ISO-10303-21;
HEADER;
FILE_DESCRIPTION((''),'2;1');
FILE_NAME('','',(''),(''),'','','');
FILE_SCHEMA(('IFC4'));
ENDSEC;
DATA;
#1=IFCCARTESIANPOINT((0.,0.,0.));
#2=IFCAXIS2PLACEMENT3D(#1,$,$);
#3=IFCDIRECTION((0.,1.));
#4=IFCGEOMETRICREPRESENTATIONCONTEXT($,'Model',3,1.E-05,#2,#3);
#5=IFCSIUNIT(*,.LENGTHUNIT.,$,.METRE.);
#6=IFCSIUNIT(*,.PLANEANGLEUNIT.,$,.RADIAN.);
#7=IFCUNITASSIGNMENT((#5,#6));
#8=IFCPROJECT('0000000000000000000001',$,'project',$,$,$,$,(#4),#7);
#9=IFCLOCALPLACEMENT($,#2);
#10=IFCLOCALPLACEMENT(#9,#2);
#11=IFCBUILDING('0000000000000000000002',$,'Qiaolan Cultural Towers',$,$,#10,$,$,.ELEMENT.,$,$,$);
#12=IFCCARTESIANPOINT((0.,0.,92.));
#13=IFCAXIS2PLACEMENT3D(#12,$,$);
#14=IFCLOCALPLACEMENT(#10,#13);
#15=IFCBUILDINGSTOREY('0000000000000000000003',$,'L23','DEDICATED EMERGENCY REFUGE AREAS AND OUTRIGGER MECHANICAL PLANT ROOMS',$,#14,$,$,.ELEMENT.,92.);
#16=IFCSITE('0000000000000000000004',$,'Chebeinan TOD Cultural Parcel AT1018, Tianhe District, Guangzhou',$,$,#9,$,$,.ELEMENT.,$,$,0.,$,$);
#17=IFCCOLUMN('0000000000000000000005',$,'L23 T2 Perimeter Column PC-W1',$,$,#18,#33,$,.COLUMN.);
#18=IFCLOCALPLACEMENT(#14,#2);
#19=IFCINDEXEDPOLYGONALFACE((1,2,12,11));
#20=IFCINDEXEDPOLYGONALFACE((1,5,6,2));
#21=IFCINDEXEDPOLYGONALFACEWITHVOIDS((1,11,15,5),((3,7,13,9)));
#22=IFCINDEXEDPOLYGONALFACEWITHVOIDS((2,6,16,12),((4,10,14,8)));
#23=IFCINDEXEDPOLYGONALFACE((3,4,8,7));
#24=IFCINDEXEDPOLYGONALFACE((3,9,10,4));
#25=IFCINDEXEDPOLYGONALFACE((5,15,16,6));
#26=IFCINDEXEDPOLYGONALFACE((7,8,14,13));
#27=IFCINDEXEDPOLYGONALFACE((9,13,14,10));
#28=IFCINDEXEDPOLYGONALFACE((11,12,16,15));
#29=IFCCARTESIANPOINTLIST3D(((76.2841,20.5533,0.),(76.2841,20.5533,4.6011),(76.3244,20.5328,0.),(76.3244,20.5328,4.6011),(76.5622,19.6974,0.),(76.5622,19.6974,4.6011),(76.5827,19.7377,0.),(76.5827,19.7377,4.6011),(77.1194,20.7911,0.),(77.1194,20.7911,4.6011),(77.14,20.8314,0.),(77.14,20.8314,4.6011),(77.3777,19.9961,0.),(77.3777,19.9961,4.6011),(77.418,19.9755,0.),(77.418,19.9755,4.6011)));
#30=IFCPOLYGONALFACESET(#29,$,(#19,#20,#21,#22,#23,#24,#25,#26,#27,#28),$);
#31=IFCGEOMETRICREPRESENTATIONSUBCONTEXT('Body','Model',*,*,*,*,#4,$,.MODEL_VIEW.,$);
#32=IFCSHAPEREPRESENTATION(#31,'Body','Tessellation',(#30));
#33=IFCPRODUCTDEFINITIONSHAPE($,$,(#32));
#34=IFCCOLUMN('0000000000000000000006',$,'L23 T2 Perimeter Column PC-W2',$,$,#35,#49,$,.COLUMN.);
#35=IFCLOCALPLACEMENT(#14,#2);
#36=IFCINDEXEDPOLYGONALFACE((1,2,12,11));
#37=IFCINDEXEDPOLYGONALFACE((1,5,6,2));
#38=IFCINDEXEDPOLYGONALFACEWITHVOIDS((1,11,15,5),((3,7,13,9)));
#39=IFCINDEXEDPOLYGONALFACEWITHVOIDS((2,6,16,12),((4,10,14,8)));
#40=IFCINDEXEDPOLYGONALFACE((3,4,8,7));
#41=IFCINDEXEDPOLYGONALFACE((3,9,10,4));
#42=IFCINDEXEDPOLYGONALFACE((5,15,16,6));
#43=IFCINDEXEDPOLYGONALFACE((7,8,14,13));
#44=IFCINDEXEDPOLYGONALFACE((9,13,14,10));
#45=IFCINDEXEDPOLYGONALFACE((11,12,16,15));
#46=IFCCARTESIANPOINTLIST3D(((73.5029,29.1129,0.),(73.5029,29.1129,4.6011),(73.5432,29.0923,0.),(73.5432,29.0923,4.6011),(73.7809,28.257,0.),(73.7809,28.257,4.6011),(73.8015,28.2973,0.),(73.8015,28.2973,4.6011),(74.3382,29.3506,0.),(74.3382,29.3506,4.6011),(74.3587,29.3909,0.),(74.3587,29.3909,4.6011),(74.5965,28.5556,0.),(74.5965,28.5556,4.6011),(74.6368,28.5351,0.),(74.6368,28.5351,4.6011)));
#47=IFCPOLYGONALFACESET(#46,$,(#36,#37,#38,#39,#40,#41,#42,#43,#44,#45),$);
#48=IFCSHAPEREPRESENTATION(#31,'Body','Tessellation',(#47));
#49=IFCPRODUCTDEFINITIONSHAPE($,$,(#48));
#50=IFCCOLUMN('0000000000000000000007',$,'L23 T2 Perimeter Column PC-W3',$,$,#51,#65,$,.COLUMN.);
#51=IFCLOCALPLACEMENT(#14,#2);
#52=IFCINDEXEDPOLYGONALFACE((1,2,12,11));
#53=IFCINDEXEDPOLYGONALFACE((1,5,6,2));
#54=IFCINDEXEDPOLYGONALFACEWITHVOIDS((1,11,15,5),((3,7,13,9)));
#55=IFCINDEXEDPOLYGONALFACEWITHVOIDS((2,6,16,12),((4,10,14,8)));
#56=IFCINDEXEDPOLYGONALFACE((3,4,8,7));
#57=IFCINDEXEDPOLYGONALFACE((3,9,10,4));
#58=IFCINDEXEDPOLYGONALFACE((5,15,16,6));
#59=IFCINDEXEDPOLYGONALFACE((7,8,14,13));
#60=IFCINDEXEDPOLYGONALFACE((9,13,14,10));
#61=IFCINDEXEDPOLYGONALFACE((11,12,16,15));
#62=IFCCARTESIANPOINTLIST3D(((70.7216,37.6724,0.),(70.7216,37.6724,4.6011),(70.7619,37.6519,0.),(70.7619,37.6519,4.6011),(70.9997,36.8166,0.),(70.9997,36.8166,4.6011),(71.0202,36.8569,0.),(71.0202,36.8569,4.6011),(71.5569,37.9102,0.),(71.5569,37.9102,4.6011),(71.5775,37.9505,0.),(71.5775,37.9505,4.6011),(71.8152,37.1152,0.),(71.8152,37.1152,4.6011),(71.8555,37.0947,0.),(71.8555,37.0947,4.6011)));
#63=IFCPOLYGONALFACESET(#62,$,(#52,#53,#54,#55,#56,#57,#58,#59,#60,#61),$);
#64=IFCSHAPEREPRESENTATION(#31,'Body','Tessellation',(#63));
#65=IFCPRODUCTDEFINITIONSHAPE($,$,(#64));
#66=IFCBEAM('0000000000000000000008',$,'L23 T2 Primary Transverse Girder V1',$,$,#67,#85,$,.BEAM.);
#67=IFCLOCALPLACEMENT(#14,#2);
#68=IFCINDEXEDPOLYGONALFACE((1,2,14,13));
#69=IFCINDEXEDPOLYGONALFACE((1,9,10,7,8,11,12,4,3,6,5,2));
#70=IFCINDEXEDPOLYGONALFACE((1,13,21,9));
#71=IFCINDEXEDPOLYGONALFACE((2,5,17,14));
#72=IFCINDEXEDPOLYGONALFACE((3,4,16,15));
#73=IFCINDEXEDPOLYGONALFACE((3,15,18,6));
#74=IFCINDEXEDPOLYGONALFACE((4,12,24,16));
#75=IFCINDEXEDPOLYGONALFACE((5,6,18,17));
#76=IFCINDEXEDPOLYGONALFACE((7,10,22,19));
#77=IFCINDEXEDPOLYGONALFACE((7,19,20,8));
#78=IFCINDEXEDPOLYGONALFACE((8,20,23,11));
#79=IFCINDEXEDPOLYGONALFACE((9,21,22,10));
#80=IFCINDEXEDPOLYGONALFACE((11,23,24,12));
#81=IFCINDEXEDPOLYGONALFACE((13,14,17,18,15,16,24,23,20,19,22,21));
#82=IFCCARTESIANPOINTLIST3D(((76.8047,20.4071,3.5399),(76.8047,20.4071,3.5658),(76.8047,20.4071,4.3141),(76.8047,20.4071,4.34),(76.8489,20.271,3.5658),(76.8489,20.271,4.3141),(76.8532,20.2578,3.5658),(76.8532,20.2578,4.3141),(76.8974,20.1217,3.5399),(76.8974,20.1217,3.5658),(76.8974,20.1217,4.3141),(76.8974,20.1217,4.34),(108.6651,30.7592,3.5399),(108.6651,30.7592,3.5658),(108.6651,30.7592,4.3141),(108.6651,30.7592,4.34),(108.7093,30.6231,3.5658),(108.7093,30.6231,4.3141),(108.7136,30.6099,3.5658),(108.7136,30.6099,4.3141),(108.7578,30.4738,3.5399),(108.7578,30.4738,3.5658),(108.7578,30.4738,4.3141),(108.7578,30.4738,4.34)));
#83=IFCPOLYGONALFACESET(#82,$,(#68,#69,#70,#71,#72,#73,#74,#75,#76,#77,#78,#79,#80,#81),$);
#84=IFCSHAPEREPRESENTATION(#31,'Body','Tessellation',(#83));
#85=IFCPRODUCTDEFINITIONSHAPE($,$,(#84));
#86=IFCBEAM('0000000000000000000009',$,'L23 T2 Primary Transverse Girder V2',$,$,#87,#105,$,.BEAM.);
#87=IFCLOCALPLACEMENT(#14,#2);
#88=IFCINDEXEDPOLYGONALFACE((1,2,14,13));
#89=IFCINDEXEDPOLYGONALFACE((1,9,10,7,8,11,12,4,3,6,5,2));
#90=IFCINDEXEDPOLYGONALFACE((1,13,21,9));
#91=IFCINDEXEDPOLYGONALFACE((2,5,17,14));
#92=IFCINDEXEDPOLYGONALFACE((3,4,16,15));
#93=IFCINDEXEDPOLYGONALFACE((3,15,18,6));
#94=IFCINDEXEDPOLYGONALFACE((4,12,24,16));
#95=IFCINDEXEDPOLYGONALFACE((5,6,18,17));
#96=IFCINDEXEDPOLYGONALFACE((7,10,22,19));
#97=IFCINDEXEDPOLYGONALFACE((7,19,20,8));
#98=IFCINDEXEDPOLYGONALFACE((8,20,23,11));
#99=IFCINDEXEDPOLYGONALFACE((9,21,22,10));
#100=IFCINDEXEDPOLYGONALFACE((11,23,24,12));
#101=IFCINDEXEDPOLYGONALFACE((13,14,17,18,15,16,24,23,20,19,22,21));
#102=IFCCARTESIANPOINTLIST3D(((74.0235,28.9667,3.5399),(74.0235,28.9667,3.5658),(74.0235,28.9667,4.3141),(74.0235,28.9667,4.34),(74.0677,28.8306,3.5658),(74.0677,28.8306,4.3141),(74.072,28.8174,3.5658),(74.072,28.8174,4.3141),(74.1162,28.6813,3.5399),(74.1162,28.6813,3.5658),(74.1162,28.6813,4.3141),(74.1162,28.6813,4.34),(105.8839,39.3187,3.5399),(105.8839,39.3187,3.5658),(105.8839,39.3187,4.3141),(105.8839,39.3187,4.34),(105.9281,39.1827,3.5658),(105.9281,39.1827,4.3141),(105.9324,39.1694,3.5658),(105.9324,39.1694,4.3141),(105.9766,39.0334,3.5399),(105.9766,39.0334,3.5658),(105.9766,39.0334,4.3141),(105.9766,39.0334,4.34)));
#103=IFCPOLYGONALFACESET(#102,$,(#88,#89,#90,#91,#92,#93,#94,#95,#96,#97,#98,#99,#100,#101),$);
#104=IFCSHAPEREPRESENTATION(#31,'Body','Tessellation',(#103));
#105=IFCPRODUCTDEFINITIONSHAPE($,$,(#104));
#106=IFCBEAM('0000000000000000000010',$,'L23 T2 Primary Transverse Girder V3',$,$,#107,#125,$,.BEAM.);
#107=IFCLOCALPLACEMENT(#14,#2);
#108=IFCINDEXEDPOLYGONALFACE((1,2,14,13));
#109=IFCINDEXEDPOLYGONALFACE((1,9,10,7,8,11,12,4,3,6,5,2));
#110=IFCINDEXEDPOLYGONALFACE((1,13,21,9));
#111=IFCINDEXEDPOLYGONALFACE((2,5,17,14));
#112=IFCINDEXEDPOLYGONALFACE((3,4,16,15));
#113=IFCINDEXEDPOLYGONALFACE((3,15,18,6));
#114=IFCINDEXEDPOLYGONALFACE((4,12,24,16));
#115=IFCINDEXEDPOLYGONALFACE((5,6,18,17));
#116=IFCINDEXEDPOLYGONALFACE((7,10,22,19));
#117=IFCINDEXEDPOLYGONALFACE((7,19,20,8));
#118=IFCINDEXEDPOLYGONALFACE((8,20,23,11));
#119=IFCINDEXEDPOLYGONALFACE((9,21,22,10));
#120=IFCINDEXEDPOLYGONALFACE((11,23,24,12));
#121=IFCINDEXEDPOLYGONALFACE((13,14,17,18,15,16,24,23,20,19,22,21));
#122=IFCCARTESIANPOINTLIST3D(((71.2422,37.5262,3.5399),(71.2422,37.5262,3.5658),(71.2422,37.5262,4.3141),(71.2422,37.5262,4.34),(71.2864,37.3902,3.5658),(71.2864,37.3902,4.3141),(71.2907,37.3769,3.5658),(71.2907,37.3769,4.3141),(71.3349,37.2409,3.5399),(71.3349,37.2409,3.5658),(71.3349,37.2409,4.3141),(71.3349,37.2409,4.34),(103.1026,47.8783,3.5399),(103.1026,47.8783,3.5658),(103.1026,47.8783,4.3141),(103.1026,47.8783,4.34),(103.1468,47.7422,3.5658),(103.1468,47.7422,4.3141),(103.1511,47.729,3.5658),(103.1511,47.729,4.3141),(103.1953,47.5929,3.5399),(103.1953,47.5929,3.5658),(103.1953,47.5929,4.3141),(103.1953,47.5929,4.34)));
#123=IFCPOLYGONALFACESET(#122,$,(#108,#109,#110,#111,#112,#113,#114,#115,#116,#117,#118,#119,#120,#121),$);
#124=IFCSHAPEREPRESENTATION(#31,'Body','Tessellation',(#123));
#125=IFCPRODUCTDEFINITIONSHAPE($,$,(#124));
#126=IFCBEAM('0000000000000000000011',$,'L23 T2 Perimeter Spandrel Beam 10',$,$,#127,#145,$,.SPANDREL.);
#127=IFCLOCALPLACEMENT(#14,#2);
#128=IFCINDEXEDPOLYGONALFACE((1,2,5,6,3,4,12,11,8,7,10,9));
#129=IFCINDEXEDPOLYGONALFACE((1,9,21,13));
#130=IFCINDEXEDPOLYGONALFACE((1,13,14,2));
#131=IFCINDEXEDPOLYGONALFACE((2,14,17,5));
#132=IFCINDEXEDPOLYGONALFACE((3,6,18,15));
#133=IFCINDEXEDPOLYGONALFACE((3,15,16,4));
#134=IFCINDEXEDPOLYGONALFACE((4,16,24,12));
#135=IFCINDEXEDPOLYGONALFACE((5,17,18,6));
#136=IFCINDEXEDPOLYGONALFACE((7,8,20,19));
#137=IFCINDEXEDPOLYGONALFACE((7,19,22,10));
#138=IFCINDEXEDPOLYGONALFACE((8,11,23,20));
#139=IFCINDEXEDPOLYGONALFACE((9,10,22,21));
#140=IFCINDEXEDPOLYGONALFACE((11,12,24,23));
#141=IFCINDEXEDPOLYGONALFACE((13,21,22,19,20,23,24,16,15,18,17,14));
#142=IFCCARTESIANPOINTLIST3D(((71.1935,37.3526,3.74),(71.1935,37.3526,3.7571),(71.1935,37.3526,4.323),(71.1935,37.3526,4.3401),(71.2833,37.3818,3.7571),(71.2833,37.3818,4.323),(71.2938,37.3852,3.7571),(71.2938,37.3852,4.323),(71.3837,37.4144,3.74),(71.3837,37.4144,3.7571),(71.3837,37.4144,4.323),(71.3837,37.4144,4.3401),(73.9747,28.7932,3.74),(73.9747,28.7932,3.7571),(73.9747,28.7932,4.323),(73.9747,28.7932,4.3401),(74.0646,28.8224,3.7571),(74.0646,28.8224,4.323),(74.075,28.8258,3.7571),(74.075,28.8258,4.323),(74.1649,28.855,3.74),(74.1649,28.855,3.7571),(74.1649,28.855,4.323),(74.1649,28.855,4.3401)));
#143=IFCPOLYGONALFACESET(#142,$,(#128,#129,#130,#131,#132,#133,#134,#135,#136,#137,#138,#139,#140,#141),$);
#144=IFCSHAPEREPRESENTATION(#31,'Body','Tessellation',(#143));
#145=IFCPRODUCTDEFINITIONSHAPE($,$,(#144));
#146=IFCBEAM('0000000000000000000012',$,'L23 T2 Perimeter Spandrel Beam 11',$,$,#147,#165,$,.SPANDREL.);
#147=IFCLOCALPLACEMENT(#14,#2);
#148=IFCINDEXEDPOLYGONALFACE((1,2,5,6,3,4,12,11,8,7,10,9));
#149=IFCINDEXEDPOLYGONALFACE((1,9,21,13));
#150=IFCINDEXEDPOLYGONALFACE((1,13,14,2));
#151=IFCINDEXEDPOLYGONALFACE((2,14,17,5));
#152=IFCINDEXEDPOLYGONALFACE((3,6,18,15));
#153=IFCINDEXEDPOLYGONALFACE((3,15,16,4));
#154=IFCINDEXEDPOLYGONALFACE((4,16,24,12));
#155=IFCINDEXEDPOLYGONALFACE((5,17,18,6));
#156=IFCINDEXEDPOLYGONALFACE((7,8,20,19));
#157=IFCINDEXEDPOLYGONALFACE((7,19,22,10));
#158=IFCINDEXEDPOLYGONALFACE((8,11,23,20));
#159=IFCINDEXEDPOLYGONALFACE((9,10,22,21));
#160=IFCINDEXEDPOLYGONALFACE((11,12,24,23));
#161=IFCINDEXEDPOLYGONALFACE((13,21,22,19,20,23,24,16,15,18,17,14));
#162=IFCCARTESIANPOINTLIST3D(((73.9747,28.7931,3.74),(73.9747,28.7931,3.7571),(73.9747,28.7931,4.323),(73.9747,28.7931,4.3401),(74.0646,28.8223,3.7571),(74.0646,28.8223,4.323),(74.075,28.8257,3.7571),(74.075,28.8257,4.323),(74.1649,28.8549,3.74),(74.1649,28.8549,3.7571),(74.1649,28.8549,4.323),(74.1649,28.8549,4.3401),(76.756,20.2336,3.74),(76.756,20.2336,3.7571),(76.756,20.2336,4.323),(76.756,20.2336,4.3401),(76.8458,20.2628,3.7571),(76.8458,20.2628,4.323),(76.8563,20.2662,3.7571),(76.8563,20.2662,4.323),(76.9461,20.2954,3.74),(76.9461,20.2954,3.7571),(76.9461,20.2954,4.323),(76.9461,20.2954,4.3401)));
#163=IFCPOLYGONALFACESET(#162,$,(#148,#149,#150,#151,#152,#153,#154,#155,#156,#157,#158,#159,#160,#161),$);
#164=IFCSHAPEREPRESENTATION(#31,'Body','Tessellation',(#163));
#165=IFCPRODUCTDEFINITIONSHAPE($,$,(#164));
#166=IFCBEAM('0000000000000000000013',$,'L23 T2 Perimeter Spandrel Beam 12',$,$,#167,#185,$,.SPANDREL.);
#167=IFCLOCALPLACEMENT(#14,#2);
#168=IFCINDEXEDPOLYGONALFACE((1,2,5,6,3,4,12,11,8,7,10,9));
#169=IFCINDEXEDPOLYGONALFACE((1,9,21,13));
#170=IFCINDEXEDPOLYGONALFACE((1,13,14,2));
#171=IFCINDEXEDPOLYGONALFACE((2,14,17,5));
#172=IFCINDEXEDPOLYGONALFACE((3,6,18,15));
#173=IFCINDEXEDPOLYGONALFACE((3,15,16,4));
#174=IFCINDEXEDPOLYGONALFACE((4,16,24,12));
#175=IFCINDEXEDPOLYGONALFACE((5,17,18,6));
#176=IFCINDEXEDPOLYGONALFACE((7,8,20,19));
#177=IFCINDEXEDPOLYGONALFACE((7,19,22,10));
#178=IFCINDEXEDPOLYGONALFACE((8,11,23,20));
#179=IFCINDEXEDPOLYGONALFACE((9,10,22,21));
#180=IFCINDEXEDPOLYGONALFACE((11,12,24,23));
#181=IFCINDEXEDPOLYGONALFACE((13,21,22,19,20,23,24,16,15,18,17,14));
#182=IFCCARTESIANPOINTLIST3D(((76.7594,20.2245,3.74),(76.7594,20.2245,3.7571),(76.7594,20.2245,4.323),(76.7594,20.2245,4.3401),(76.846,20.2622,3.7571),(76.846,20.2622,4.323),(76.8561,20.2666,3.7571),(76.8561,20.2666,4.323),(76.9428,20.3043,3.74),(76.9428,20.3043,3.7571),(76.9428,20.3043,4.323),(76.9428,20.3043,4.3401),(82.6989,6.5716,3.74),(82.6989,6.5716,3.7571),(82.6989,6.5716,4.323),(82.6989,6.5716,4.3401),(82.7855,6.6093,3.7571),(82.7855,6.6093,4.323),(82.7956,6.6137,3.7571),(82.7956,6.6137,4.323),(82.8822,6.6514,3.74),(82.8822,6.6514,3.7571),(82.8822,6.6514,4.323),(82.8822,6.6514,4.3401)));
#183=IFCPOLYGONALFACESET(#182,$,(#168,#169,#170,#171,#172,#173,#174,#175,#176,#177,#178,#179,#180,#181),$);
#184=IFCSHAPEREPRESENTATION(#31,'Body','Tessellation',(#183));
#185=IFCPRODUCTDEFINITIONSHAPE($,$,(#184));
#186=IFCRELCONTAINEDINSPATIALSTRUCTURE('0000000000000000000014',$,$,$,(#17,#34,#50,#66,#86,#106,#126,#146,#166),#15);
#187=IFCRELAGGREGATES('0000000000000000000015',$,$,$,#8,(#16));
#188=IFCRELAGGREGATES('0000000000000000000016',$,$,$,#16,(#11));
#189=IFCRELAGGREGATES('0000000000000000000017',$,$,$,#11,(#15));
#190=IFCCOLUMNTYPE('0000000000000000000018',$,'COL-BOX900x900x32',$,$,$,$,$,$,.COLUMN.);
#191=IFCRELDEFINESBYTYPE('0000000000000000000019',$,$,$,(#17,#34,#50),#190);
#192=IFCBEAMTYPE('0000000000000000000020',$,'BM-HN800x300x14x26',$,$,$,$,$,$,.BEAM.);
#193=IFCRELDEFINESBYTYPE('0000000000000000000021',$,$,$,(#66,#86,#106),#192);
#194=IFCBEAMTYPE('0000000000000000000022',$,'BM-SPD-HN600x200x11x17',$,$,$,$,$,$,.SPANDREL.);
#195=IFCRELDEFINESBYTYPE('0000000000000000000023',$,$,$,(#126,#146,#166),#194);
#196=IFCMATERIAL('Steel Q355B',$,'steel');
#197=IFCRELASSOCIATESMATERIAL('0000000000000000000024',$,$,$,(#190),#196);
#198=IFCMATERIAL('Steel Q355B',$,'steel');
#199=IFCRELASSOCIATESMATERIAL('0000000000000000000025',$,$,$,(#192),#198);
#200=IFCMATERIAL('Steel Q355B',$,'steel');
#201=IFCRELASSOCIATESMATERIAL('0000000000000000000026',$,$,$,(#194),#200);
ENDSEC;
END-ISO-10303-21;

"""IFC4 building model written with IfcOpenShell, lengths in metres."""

from ifc_helpers import new_model, si_unit, direction, frame, origin, origin_2d, place, context, subcontext, project, spatial, hollow_rectangle, i_section, extrude, material, material_profile, profile_set, type_object, element, save


model = new_model("IFC4")

# Units and contexts
model_context = context("Model", 3, precision=1e-05, world=origin(), true_north=direction((0.0, 1.0)))
body_context = subcontext(model_context, "Body", "Model", "MODEL_VIEW")
ifc_project = project(units=[si_unit("LENGTHUNIT", "METRE"), si_unit("PLANEANGLEUNIT", "RADIAN")], contexts=[model_context])

# Site, building, storey
site_placement = place(None, origin())
site = spatial("IfcSite", under=ifc_project, at=site_placement, Name="Chebeinan TOD Cultural Parcel AT1018, Tianhe District, Guangzhou", CompositionType="ELEMENT", RefElevation=0.0)
building_placement = place(site_placement, origin())
building = spatial("IfcBuilding", under=site, at=building_placement, Name="Qiaolan Cultural Towers", CompositionType="ELEMENT")
storey_placement = place(building_placement, frame((0.0, 0.0, 92.0)))
storey = spatial("IfcBuildingStorey", under=building, at=storey_placement, Name="L23", Description="DEDICATED EMERGENCY REFUGE AREAS AND OUTRIGGER MECHANICAL PLANT ROOMS", CompositionType="ELEMENT", Elevation=92.0)

# Columns
ifc_material_1 = material(Name="Steel Q355B", Category="steel")
ifc_material_profile_1 = material_profile(ifc_material_1, hollow_rectangle(XDim=0.8999, YDim=0.8999, WallThickness=0.032, at=origin_2d()), Name="BOX900x900x32")
ifc_profile_set_1 = profile_set([ifc_material_profile_1], Name="Steel Q355B")
column_type = type_object("IfcColumnType", Name="COL-BOX900x900x32", PredefinedType="COLUMN", material=ifc_profile_set_1)
for number, where, z_axis, x_axis, name in (
    (1, (76.8511, 20.2644, 0.0), (0.0, 0.0, 1.0), (0.951057, 0.309017, 0.0), "L23 T2 Perimeter Column PC-W1"),
    (2, (74.0698, 28.824, 0.0), (0.0, 0.0, 1.0), (0.951057, 0.309017, 0.0), "L23 T2 Perimeter Column PC-W2"),
    (3, (71.2886, 37.3835, 0.0), (0.0, 0.0, 1.0), (0.951057, 0.309017, 0.0), "L23 T2 Perimeter Column PC-W3"),
):
    element("IfcColumn", number, at=place(storey_placement, frame(where, z_axis=z_axis, x_axis=x_axis)), inside=storey, type_object=column_type, Name=name, PredefinedType="COLUMN", context=body_context, shape_type="SweptSolid", body=[
        extrude(hollow_rectangle(XDim=0.8999, YDim=0.8999, WallThickness=0.032, at=origin_2d()), origin(), (0.0, 0.0, 1.0), 4.6011),
    ])

# Beams
ifc_material_2 = material(Name="Steel Q355B", Category="steel")
ifc_material_profile_2 = material_profile(ifc_material_2, i_section(OverallWidth=0.3, OverallDepth=0.8, WebThickness=0.0139, FlangeThickness=0.0259, at=origin_2d()), Name="HN800x300x14x26")
ifc_profile_set_2 = profile_set([ifc_material_profile_2], Name="Steel Q355B")
beam_type_1 = type_object("IfcBeamType", Name="BM-HN800x300x14x26", PredefinedType="BEAM", material=ifc_profile_set_2)
for number, where, z_axis, x_axis, name in (
    (4, (76.8511, 20.2644, 3.9399), (0.951057, 0.309017, 0.0), (-0.309017, 0.951057, 0.0), "L23 T2 Primary Transverse Girder V1"),
    (5, (74.0698, 28.824, 3.9399), (0.951057, 0.309017, 0.0), (-0.309017, 0.951057, 0.0), "L23 T2 Primary Transverse Girder V2"),
    (6, (71.2886, 37.3835, 3.9399), (0.951057, 0.309017, 0.0), (-0.309017, 0.951057, 0.0), "L23 T2 Primary Transverse Girder V3"),
):
    element("IfcBeam", number, at=place(storey_placement, frame(where, z_axis=z_axis, x_axis=x_axis)), inside=storey, type_object=beam_type_1, Name=name, PredefinedType="BEAM", context=body_context, shape_type="SweptSolid", body=[
        extrude(i_section(OverallWidth=0.3, OverallDepth=0.8, WebThickness=0.0139, FlangeThickness=0.0259, at=origin_2d()), origin(), (0.0, 0.0, 1.0), 33.5),
    ])
ifc_material_3 = material(Name="Steel Q355B", Category="steel")
ifc_material_profile_3 = material_profile(ifc_material_3, i_section(OverallWidth=0.2, OverallDepth=0.6001, WebThickness=0.011, FlangeThickness=0.0171, at=origin_2d()), Name="HN600x200x11x17")
ifc_profile_set_3 = profile_set([ifc_material_profile_3], Name="Steel Q355B")
beam_type_2 = type_object("IfcBeamType", Name="BM-SPD-HN600x200x11x17", PredefinedType="SPANDREL", material=ifc_profile_set_3)
for number, where, z_axis, x_axis, name in (
    (7, (71.2886, 37.3835, 4.04), (0.309025, -0.951054, 0.0), (0.951054, 0.309025, 0.0), "L23 T2 Perimeter Spandrel Beam 10"),
    (8, (74.0698, 28.824, 4.04), (0.309025, -0.951054, 0.0), (0.951054, 0.309025, 0.0), "L23 T2 Perimeter Spandrel Beam 11"),
):
    element("IfcBeam", number, at=place(storey_placement, frame(where, z_axis=z_axis, x_axis=x_axis)), inside=storey, type_object=beam_type_2, Name=name, PredefinedType="SPANDREL", context=body_context, shape_type="SweptSolid", body=[
        extrude(i_section(OverallWidth=0.2, OverallDepth=0.6001, WebThickness=0.011, FlangeThickness=0.0171, at=origin_2d()), origin(), (0.0, 0.0, 1.0), 9.0),
    ])
beam_placement = place(storey_placement, frame((76.8511, 20.2644, 4.04), z_axis=(0.39892, -0.916986, 0.0), x_axis=(0.916986, 0.39892, 0.0)))
element("IfcBeam", 9, at=beam_placement, inside=storey, type_object=beam_type_2, Name="L23 T2 Perimeter Spandrel Beam 12", PredefinedType="SPANDREL", context=body_context, shape_type="SweptSolid", body=[
    extrude(i_section(OverallWidth=0.2, OverallDepth=0.6001, WebThickness=0.011, FlangeThickness=0.0171, at=origin_2d()), origin(), (0.0, 0.0, 1.0), 14.8889),
])

save(model, "model.ifc")
